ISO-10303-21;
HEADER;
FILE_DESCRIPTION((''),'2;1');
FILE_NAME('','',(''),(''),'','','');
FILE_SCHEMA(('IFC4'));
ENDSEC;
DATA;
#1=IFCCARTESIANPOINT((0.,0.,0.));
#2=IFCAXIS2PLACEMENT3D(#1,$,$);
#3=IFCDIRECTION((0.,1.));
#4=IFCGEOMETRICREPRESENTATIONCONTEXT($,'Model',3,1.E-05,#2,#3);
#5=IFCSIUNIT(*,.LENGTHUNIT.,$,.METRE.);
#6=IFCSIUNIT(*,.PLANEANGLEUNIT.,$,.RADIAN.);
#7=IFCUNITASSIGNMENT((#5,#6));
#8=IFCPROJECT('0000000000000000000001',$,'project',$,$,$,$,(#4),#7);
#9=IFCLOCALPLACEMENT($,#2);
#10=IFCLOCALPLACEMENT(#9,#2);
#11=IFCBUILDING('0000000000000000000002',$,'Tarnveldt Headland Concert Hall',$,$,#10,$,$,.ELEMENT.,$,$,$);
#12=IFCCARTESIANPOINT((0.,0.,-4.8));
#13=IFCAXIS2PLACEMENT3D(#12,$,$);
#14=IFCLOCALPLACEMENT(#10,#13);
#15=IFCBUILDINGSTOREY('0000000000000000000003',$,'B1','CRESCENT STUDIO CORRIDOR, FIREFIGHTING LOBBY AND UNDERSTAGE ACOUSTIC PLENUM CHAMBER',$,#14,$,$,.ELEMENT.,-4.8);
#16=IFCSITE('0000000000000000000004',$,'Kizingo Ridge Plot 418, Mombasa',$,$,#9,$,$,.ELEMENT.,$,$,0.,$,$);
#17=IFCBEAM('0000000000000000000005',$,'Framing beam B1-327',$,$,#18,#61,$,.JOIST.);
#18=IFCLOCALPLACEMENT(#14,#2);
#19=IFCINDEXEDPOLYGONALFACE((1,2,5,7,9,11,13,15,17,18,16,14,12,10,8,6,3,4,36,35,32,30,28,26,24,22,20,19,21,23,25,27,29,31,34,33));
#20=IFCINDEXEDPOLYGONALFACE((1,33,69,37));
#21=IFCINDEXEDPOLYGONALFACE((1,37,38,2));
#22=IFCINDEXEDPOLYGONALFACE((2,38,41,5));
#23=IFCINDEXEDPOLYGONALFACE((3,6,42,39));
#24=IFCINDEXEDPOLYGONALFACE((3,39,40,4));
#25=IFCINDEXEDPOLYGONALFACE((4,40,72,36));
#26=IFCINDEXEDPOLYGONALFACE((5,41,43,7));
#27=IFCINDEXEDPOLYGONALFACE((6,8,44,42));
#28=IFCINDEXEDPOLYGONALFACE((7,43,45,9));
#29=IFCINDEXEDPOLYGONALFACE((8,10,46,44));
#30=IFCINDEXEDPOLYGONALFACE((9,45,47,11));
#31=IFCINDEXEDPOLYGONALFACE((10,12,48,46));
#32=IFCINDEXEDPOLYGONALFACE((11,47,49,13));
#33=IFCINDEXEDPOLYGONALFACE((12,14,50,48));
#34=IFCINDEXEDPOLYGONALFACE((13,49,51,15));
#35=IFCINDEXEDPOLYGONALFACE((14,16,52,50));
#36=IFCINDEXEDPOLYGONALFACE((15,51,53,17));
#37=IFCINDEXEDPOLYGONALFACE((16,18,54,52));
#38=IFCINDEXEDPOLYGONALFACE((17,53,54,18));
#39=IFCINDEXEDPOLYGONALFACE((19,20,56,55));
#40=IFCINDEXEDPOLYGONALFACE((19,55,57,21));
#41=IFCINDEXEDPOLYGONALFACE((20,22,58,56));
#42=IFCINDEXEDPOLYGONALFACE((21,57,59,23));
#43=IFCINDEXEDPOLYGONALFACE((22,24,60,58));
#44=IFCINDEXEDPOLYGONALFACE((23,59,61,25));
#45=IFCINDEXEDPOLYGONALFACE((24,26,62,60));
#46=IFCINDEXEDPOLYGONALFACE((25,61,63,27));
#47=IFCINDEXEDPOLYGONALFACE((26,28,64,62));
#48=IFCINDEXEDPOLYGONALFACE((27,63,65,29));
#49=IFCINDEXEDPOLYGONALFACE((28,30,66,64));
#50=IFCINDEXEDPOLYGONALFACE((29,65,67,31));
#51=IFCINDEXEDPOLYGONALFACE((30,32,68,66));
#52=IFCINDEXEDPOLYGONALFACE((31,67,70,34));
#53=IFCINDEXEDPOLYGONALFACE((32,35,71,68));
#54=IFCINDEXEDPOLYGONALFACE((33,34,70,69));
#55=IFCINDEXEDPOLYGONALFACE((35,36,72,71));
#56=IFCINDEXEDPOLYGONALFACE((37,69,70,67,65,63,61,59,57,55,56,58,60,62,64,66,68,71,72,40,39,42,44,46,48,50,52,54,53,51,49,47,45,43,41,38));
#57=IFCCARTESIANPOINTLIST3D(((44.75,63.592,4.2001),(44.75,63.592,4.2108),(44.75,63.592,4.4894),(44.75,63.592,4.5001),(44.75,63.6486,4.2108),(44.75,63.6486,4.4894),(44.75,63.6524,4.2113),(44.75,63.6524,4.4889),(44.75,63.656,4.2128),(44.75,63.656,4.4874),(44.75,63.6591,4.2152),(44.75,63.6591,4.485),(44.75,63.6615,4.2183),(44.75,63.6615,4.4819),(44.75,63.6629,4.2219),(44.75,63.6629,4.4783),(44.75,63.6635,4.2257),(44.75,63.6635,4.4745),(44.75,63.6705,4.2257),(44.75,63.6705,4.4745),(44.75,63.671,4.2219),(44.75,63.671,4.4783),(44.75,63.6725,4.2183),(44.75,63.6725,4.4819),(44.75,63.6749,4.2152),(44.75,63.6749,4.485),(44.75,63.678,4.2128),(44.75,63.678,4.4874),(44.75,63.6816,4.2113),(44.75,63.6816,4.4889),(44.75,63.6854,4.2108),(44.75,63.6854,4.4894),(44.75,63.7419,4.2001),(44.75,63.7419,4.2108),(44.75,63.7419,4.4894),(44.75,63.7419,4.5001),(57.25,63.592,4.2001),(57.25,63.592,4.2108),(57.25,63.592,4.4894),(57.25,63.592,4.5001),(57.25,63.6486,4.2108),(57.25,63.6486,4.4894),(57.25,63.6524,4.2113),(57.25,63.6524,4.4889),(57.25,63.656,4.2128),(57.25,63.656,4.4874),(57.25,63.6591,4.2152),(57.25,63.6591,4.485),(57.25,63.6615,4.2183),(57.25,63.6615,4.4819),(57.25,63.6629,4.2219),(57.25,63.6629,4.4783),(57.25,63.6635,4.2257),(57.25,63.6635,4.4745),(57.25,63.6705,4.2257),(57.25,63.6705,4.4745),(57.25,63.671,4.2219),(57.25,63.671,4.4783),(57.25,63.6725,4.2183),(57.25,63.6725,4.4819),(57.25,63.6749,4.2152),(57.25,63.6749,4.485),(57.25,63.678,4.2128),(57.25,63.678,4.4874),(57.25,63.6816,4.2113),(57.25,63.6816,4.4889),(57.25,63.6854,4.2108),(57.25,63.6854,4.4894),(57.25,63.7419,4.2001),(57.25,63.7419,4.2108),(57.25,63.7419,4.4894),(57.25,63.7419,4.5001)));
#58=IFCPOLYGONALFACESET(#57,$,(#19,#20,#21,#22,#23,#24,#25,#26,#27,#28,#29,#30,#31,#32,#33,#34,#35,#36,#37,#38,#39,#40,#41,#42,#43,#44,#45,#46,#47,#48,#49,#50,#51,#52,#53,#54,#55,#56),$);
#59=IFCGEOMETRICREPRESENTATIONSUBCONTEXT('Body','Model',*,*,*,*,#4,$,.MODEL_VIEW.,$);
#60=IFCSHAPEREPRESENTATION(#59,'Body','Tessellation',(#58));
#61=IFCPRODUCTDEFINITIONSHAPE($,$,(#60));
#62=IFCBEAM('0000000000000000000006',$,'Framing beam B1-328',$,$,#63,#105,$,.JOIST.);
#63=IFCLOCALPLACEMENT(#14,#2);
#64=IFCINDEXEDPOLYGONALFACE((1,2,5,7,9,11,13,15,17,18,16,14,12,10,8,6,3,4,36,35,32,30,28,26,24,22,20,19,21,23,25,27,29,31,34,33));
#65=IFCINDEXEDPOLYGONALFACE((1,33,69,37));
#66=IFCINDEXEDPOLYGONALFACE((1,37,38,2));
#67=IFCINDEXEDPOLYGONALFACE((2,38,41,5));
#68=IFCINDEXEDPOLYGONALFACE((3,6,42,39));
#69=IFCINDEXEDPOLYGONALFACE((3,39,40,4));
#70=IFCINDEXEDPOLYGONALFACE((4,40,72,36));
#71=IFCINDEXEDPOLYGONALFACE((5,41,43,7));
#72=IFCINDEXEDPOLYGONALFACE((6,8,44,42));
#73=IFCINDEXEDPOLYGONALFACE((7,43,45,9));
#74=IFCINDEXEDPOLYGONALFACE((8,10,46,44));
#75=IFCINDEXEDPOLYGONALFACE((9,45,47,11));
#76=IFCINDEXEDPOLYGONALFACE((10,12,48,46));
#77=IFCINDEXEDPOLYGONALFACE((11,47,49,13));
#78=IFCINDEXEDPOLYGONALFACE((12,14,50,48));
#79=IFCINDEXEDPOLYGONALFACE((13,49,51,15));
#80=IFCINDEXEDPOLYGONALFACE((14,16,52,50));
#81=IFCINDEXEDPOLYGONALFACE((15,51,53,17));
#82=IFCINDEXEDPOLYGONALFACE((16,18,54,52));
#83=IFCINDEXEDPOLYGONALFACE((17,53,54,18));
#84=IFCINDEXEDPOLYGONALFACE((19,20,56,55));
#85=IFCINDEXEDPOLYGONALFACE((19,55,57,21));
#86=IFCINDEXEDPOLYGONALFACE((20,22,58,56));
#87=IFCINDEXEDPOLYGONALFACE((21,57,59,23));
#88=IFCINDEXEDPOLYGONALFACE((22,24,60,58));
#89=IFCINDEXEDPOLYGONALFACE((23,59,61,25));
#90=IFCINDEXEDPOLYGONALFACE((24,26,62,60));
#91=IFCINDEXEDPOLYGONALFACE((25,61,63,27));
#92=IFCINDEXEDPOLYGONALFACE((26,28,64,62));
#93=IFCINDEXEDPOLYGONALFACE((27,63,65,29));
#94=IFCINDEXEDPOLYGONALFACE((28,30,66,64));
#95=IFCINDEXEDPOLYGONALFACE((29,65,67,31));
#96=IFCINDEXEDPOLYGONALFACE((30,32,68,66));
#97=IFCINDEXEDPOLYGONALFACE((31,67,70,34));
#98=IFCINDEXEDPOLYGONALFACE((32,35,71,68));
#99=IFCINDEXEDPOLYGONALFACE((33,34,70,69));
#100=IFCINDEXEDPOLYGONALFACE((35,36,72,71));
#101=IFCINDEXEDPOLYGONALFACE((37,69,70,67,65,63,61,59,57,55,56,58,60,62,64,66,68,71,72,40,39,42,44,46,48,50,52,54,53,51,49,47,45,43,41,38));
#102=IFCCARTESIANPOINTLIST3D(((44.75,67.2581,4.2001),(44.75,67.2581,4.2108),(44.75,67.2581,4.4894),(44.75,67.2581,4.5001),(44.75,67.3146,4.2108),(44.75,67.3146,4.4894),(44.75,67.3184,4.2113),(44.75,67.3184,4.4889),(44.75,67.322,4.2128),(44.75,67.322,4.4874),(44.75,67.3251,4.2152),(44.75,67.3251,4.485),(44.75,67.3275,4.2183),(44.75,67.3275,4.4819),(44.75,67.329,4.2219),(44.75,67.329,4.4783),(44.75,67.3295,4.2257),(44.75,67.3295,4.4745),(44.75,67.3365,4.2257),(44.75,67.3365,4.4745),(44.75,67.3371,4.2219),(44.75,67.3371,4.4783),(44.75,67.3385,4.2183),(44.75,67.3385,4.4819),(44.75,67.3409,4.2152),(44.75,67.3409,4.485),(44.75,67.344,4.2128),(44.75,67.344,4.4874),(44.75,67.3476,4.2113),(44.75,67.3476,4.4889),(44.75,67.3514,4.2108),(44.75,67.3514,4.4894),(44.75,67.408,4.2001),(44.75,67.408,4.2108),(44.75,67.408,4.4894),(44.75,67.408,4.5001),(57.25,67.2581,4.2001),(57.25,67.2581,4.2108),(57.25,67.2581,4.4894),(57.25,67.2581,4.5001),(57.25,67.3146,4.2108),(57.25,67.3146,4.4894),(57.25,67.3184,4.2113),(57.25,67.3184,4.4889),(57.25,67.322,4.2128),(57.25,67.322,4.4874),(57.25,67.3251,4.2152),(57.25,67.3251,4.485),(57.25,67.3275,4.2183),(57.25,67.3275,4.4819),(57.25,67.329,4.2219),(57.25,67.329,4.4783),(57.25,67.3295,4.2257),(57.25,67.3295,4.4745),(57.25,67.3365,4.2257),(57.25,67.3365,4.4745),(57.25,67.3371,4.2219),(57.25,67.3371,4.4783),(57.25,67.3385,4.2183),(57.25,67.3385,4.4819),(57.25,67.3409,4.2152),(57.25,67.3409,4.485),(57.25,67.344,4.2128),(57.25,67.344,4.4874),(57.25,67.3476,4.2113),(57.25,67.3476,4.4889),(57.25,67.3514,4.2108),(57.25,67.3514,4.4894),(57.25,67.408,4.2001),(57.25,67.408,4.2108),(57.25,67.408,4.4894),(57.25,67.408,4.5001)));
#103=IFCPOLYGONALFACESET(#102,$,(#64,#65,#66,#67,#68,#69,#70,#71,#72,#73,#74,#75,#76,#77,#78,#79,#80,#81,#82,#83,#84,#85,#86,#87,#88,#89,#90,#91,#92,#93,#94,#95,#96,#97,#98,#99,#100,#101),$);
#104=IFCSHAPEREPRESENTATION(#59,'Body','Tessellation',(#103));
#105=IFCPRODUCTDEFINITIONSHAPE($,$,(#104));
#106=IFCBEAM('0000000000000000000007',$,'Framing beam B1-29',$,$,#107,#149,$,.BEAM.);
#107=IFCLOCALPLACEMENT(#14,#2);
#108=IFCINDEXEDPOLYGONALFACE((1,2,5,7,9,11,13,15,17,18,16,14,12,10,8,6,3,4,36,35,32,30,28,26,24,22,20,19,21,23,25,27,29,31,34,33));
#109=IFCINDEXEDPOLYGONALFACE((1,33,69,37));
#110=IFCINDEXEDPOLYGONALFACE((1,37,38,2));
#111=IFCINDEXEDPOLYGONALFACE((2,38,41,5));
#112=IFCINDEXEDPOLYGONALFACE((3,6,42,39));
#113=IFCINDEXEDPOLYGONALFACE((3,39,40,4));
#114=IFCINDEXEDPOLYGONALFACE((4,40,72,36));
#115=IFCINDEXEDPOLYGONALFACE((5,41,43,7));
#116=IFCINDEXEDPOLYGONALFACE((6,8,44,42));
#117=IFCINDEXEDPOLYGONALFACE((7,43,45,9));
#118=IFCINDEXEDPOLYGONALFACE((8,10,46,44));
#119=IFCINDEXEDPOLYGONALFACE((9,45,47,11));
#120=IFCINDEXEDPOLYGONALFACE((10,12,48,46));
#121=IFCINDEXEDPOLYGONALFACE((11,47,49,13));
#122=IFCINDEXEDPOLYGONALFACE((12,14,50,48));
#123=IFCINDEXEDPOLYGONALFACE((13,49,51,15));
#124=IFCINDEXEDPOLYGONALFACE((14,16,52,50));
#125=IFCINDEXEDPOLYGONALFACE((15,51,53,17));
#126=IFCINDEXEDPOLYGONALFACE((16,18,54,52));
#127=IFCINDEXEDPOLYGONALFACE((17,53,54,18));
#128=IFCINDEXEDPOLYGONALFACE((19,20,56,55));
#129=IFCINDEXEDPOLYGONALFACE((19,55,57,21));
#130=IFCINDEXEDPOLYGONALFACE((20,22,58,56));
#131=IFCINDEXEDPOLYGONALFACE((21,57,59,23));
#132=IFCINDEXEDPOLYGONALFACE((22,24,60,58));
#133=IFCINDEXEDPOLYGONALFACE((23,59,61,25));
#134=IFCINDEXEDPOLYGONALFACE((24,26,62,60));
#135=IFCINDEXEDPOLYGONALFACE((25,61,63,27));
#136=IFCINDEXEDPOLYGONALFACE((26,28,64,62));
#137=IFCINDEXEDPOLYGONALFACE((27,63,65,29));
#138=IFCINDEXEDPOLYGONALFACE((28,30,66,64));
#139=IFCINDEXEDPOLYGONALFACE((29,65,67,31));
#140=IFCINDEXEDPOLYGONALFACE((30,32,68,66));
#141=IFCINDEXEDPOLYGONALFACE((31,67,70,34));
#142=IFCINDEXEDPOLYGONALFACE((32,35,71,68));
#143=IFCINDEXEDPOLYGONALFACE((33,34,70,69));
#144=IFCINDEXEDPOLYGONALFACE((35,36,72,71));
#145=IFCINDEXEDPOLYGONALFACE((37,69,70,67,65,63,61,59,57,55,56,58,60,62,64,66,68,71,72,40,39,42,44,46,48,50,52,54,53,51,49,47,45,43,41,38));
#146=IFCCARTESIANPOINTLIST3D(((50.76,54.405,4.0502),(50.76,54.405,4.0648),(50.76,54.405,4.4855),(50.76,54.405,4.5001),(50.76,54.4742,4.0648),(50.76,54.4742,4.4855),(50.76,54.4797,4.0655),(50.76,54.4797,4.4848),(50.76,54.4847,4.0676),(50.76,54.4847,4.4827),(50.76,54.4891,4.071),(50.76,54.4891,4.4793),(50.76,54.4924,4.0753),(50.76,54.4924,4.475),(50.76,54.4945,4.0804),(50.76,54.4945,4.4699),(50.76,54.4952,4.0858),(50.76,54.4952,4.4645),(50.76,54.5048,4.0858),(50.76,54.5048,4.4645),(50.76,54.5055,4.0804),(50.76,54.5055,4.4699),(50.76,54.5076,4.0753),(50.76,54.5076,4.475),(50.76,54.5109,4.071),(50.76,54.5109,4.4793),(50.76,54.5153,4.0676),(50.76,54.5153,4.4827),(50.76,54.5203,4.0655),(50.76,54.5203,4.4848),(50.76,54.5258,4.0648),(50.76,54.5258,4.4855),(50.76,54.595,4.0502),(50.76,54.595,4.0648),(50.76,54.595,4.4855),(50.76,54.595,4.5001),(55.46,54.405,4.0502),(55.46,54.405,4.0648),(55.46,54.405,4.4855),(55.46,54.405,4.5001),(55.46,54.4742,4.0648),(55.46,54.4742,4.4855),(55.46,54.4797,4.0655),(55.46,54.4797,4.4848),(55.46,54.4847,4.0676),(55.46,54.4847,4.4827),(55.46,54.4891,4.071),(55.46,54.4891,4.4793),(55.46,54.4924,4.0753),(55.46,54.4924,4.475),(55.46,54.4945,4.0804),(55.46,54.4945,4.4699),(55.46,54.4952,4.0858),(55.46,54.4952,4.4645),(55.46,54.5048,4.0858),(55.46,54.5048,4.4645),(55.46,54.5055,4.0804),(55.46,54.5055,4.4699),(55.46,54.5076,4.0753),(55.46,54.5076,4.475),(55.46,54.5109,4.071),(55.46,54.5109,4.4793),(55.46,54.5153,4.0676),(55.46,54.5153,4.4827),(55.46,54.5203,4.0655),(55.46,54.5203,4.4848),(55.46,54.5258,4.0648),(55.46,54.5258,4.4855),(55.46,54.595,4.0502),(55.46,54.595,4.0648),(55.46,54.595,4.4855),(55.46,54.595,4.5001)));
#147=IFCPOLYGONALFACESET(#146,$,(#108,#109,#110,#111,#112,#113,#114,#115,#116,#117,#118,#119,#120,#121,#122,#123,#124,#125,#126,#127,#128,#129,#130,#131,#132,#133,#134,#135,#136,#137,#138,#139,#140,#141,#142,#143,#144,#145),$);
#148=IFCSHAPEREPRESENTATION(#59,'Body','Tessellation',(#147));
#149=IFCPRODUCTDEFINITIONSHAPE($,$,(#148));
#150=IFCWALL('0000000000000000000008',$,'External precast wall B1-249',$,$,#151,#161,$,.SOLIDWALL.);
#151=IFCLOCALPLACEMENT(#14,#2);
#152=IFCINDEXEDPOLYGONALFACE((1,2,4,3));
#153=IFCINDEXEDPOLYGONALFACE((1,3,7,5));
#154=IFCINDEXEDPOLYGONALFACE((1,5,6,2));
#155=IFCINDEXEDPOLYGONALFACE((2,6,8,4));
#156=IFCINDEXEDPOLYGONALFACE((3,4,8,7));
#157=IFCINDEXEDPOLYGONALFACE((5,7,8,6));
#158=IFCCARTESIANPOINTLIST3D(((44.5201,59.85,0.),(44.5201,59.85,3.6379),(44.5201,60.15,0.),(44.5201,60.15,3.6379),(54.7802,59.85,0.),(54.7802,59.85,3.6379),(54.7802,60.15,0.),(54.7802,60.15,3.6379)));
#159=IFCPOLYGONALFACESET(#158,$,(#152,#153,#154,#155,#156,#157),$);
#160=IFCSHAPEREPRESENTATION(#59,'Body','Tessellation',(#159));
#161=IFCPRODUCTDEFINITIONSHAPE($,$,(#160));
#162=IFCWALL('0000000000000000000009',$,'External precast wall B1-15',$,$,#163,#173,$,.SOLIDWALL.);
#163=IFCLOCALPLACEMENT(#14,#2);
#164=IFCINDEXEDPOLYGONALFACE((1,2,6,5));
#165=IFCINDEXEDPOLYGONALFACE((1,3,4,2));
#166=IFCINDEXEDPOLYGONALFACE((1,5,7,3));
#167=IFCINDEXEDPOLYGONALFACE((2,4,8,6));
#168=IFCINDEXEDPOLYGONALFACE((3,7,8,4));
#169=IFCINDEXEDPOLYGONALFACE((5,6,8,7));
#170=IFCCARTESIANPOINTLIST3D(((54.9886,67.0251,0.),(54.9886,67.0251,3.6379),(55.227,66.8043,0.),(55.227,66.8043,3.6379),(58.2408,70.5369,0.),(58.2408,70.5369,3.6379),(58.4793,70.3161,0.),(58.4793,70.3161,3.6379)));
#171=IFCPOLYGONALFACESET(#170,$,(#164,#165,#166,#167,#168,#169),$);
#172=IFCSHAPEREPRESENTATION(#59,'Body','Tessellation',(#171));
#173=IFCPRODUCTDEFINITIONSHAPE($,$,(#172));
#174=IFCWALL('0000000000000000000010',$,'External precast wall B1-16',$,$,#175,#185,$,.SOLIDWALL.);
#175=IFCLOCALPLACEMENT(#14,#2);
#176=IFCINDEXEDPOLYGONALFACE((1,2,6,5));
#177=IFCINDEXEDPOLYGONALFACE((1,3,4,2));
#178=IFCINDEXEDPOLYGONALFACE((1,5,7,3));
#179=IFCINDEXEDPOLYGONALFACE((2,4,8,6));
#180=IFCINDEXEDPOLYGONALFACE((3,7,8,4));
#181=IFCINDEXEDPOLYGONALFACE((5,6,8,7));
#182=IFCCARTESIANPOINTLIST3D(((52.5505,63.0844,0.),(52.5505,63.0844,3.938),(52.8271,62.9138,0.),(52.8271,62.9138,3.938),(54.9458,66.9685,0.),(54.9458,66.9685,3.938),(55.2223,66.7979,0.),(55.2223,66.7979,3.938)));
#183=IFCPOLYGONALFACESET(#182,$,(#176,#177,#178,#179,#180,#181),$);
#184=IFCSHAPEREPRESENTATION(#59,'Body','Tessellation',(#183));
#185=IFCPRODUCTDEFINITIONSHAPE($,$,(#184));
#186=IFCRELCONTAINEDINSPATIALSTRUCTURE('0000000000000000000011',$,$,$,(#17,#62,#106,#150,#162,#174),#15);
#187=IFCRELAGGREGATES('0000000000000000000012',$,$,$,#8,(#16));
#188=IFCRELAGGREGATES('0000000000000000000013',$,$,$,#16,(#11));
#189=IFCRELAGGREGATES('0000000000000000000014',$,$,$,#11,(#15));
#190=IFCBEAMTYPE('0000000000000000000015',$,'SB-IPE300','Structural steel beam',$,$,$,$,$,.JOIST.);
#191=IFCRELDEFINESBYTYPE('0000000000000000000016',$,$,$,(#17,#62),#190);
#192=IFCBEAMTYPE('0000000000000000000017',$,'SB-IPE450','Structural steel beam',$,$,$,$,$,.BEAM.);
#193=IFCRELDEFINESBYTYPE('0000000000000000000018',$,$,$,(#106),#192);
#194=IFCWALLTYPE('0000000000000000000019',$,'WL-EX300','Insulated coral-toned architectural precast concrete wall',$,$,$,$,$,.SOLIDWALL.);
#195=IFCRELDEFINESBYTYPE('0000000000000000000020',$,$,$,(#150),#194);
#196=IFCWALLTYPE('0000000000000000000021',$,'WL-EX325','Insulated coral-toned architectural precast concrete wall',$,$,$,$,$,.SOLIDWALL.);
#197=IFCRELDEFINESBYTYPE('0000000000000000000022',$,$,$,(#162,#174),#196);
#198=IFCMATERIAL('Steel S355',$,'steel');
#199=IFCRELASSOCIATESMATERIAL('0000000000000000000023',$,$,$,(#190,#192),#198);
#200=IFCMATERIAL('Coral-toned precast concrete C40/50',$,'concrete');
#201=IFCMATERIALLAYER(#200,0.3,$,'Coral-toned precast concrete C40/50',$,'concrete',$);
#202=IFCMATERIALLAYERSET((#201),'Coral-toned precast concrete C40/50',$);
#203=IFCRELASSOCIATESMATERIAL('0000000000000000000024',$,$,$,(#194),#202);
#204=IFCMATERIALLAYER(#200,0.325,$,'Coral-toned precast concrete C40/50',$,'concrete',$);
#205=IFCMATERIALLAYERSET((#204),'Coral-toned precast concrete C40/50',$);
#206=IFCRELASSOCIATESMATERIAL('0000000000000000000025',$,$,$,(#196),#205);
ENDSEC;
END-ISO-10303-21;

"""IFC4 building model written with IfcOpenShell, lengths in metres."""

from ifc_helpers import new_model, si_unit, direction, frame, frame_2d, origin, origin_2d, place, context, subcontext, project, spatial, rectangle, i_section, extrude, material, layer, layer_set, material_profile, profile_set, type_object, element, save


model = new_model("IFC4")

# Units and contexts
model_context = context("Model", 3, precision=1e-05, world=origin(), true_north=direction((0.0, 1.0)))
body_context = subcontext(model_context, "Body", "Model", "MODEL_VIEW")
ifc_project = project(units=[si_unit("LENGTHUNIT", "METRE"), si_unit("PLANEANGLEUNIT", "RADIAN")], contexts=[model_context])

# Site, building, storey
site_placement = place(None, origin())
site = spatial("IfcSite", under=ifc_project, at=site_placement, Name="Kizingo Ridge Plot 418, Mombasa", CompositionType="ELEMENT", RefElevation=0.0)
building_placement = place(site_placement, origin())
building = spatial("IfcBuilding", under=site, at=building_placement, Name="Tarnveldt Headland Concert Hall", CompositionType="ELEMENT")
storey_placement = place(building_placement, frame((0.0, 0.0, -4.8)))
storey = spatial("IfcBuildingStorey", under=building, at=storey_placement, Name="B1", Description="CRESCENT STUDIO CORRIDOR, FIREFIGHTING LOBBY AND UNDERSTAGE ACOUSTIC PLENUM CHAMBER", CompositionType="ELEMENT", Elevation=-4.8)

# Beams
ifc_material_1 = material(Name="Steel S355", Category="steel")
ifc_material_profile_1 = material_profile(ifc_material_1, i_section(OverallWidth=0.1499, OverallDepth=0.3, WebThickness=0.0071, FlangeThickness=0.0107, FilletRadius=0.0149, at=origin_2d()), Name="IPE300", Category="steel")
ifc_profile_set_1 = profile_set([ifc_material_profile_1], Name="Steel S355")
beam_type_1 = type_object("IfcBeamType", Name="SB-IPE300", Description="Structural steel beam", PredefinedType="JOIST", material=ifc_profile_set_1)
for number, where, z_axis, x_axis, name in (
    (1, (44.75, 63.667, 4.3501), (1.0, 0.0, 0.0), (0.0, 1.0, 0.0), "Framing beam B1-327"),
    (2, (44.75, 67.333, 4.3501), (1.0, 0.0, 0.0), (0.0, 1.0, 0.0), "Framing beam B1-328"),
):
    element("IfcBeam", number, at=place(storey_placement, frame(where, z_axis=z_axis, x_axis=x_axis)), inside=storey, type_object=beam_type_1, Name=name, PredefinedType="JOIST", context=body_context, shape_type="SweptSolid", body=[
        extrude(i_section(OverallWidth=0.1499, OverallDepth=0.3, WebThickness=0.0071, FlangeThickness=0.0107, FilletRadius=0.0149, at=origin_2d()), origin(), (0.0, 0.0, 1.0), 12.5),
    ])
ifc_material_profile_2 = material_profile(ifc_material_1, i_section(OverallWidth=0.1899, OverallDepth=0.45, WebThickness=0.0095, FlangeThickness=0.0146, FilletRadius=0.021, at=origin_2d()), Name="IPE450", Category="steel")
ifc_profile_set_2 = profile_set([ifc_material_profile_2], Name="Steel S355")
beam_type_2 = type_object("IfcBeamType", Name="SB-IPE450", Description="Structural steel beam", PredefinedType="BEAM", material=ifc_profile_set_2)
beam_1_placement = place(storey_placement, frame((55.46, 54.5, 4.2751), z_axis=(-1.0, 0.0, 0.0), x_axis=(0.0, -1.0, 0.0)))
element("IfcBeam", 3, at=beam_1_placement, inside=storey, type_object=beam_type_2, Name="Framing beam B1-29", PredefinedType="BEAM", context=body_context, shape_type="SweptSolid", body=[
    extrude(i_section(OverallWidth=0.1899, OverallDepth=0.45, WebThickness=0.0095, FlangeThickness=0.0146, FilletRadius=0.021, at=origin_2d()), origin(), (0.0, 0.0, 1.0), 4.7),
])

# Walls
ifc_material_2 = material(Name="Coral-toned precast concrete C40/50", Category="concrete")
ifc_layer_1 = layer(ifc_material_2, 0.3, Name="Coral-toned precast concrete C40/50", Category="concrete")
ifc_layer_set_1 = layer_set([ifc_layer_1], Name="Coral-toned precast concrete C40/50")
wall_type_1 = type_object("IfcWallType", Name="WL-EX300", Description="Insulated coral-toned architectural precast concrete wall", PredefinedType="SOLIDWALL", material=ifc_layer_set_1)
wall_1_placement = place(storey_placement, frame((54.78, 60.0, 0.0), z_axis=(0.0, 0.0, 1.0), x_axis=(-1.0, 0.0, 0.0)))
element("IfcWall", 4, at=wall_1_placement, inside=storey, type_object=wall_type_1, Name="External precast wall B1-249", PredefinedType="SOLIDWALL", context=body_context, shape_type="SweptSolid", body=[
    extrude(rectangle(XDim=10.26, YDim=0.3, at=frame_2d((5.1299, 0.0))), origin(), (0.0, 0.0, 1.0), 3.6379),
])
ifc_layer_2 = layer(ifc_material_2, 0.325, Name="Coral-toned precast concrete C40/50", Category="concrete")
ifc_layer_set_2 = layer_set([ifc_layer_2], Name="Coral-toned precast concrete C40/50")
wall_type_2 = type_object("IfcWallType", Name="WL-EX325", Description="Insulated coral-toned architectural precast concrete wall", PredefinedType="SOLIDWALL", material=ifc_layer_set_2)
wall_2_placement = place(storey_placement, frame((55.1079, 66.9148, 0.0), z_axis=(0.0, 0.0, 1.0), x_axis=(0.679476, 0.733698, 0.0)))
element("IfcWall", 5, at=wall_2_placement, inside=storey, type_object=wall_type_2, Name="External precast wall B1-15", PredefinedType="SOLIDWALL", context=body_context, shape_type="SweptSolid", body=[
    extrude(rectangle(XDim=4.7864, YDim=0.325, at=frame_2d((2.3931, 0.0))), origin(), (0.0, 0.0, 1.0), 3.6379),
])
wall_3_placement = place(storey_placement, frame((52.6887, 62.999, 0.0), z_axis=(0.0, 0.0, 1.0), x_axis=(0.524906, 0.85116, 0.0)))
element("IfcWall", 6, at=wall_3_placement, inside=storey, type_object=wall_type_2, Name="External precast wall B1-16", PredefinedType="SOLIDWALL", context=body_context, shape_type="SweptSolid", body=[
    extrude(rectangle(XDim=4.5632, YDim=0.325, at=frame_2d((2.2817, 0.0))), origin(), (0.0, 0.0, 1.0), 3.938),
])

save(model, "model.ifc")
